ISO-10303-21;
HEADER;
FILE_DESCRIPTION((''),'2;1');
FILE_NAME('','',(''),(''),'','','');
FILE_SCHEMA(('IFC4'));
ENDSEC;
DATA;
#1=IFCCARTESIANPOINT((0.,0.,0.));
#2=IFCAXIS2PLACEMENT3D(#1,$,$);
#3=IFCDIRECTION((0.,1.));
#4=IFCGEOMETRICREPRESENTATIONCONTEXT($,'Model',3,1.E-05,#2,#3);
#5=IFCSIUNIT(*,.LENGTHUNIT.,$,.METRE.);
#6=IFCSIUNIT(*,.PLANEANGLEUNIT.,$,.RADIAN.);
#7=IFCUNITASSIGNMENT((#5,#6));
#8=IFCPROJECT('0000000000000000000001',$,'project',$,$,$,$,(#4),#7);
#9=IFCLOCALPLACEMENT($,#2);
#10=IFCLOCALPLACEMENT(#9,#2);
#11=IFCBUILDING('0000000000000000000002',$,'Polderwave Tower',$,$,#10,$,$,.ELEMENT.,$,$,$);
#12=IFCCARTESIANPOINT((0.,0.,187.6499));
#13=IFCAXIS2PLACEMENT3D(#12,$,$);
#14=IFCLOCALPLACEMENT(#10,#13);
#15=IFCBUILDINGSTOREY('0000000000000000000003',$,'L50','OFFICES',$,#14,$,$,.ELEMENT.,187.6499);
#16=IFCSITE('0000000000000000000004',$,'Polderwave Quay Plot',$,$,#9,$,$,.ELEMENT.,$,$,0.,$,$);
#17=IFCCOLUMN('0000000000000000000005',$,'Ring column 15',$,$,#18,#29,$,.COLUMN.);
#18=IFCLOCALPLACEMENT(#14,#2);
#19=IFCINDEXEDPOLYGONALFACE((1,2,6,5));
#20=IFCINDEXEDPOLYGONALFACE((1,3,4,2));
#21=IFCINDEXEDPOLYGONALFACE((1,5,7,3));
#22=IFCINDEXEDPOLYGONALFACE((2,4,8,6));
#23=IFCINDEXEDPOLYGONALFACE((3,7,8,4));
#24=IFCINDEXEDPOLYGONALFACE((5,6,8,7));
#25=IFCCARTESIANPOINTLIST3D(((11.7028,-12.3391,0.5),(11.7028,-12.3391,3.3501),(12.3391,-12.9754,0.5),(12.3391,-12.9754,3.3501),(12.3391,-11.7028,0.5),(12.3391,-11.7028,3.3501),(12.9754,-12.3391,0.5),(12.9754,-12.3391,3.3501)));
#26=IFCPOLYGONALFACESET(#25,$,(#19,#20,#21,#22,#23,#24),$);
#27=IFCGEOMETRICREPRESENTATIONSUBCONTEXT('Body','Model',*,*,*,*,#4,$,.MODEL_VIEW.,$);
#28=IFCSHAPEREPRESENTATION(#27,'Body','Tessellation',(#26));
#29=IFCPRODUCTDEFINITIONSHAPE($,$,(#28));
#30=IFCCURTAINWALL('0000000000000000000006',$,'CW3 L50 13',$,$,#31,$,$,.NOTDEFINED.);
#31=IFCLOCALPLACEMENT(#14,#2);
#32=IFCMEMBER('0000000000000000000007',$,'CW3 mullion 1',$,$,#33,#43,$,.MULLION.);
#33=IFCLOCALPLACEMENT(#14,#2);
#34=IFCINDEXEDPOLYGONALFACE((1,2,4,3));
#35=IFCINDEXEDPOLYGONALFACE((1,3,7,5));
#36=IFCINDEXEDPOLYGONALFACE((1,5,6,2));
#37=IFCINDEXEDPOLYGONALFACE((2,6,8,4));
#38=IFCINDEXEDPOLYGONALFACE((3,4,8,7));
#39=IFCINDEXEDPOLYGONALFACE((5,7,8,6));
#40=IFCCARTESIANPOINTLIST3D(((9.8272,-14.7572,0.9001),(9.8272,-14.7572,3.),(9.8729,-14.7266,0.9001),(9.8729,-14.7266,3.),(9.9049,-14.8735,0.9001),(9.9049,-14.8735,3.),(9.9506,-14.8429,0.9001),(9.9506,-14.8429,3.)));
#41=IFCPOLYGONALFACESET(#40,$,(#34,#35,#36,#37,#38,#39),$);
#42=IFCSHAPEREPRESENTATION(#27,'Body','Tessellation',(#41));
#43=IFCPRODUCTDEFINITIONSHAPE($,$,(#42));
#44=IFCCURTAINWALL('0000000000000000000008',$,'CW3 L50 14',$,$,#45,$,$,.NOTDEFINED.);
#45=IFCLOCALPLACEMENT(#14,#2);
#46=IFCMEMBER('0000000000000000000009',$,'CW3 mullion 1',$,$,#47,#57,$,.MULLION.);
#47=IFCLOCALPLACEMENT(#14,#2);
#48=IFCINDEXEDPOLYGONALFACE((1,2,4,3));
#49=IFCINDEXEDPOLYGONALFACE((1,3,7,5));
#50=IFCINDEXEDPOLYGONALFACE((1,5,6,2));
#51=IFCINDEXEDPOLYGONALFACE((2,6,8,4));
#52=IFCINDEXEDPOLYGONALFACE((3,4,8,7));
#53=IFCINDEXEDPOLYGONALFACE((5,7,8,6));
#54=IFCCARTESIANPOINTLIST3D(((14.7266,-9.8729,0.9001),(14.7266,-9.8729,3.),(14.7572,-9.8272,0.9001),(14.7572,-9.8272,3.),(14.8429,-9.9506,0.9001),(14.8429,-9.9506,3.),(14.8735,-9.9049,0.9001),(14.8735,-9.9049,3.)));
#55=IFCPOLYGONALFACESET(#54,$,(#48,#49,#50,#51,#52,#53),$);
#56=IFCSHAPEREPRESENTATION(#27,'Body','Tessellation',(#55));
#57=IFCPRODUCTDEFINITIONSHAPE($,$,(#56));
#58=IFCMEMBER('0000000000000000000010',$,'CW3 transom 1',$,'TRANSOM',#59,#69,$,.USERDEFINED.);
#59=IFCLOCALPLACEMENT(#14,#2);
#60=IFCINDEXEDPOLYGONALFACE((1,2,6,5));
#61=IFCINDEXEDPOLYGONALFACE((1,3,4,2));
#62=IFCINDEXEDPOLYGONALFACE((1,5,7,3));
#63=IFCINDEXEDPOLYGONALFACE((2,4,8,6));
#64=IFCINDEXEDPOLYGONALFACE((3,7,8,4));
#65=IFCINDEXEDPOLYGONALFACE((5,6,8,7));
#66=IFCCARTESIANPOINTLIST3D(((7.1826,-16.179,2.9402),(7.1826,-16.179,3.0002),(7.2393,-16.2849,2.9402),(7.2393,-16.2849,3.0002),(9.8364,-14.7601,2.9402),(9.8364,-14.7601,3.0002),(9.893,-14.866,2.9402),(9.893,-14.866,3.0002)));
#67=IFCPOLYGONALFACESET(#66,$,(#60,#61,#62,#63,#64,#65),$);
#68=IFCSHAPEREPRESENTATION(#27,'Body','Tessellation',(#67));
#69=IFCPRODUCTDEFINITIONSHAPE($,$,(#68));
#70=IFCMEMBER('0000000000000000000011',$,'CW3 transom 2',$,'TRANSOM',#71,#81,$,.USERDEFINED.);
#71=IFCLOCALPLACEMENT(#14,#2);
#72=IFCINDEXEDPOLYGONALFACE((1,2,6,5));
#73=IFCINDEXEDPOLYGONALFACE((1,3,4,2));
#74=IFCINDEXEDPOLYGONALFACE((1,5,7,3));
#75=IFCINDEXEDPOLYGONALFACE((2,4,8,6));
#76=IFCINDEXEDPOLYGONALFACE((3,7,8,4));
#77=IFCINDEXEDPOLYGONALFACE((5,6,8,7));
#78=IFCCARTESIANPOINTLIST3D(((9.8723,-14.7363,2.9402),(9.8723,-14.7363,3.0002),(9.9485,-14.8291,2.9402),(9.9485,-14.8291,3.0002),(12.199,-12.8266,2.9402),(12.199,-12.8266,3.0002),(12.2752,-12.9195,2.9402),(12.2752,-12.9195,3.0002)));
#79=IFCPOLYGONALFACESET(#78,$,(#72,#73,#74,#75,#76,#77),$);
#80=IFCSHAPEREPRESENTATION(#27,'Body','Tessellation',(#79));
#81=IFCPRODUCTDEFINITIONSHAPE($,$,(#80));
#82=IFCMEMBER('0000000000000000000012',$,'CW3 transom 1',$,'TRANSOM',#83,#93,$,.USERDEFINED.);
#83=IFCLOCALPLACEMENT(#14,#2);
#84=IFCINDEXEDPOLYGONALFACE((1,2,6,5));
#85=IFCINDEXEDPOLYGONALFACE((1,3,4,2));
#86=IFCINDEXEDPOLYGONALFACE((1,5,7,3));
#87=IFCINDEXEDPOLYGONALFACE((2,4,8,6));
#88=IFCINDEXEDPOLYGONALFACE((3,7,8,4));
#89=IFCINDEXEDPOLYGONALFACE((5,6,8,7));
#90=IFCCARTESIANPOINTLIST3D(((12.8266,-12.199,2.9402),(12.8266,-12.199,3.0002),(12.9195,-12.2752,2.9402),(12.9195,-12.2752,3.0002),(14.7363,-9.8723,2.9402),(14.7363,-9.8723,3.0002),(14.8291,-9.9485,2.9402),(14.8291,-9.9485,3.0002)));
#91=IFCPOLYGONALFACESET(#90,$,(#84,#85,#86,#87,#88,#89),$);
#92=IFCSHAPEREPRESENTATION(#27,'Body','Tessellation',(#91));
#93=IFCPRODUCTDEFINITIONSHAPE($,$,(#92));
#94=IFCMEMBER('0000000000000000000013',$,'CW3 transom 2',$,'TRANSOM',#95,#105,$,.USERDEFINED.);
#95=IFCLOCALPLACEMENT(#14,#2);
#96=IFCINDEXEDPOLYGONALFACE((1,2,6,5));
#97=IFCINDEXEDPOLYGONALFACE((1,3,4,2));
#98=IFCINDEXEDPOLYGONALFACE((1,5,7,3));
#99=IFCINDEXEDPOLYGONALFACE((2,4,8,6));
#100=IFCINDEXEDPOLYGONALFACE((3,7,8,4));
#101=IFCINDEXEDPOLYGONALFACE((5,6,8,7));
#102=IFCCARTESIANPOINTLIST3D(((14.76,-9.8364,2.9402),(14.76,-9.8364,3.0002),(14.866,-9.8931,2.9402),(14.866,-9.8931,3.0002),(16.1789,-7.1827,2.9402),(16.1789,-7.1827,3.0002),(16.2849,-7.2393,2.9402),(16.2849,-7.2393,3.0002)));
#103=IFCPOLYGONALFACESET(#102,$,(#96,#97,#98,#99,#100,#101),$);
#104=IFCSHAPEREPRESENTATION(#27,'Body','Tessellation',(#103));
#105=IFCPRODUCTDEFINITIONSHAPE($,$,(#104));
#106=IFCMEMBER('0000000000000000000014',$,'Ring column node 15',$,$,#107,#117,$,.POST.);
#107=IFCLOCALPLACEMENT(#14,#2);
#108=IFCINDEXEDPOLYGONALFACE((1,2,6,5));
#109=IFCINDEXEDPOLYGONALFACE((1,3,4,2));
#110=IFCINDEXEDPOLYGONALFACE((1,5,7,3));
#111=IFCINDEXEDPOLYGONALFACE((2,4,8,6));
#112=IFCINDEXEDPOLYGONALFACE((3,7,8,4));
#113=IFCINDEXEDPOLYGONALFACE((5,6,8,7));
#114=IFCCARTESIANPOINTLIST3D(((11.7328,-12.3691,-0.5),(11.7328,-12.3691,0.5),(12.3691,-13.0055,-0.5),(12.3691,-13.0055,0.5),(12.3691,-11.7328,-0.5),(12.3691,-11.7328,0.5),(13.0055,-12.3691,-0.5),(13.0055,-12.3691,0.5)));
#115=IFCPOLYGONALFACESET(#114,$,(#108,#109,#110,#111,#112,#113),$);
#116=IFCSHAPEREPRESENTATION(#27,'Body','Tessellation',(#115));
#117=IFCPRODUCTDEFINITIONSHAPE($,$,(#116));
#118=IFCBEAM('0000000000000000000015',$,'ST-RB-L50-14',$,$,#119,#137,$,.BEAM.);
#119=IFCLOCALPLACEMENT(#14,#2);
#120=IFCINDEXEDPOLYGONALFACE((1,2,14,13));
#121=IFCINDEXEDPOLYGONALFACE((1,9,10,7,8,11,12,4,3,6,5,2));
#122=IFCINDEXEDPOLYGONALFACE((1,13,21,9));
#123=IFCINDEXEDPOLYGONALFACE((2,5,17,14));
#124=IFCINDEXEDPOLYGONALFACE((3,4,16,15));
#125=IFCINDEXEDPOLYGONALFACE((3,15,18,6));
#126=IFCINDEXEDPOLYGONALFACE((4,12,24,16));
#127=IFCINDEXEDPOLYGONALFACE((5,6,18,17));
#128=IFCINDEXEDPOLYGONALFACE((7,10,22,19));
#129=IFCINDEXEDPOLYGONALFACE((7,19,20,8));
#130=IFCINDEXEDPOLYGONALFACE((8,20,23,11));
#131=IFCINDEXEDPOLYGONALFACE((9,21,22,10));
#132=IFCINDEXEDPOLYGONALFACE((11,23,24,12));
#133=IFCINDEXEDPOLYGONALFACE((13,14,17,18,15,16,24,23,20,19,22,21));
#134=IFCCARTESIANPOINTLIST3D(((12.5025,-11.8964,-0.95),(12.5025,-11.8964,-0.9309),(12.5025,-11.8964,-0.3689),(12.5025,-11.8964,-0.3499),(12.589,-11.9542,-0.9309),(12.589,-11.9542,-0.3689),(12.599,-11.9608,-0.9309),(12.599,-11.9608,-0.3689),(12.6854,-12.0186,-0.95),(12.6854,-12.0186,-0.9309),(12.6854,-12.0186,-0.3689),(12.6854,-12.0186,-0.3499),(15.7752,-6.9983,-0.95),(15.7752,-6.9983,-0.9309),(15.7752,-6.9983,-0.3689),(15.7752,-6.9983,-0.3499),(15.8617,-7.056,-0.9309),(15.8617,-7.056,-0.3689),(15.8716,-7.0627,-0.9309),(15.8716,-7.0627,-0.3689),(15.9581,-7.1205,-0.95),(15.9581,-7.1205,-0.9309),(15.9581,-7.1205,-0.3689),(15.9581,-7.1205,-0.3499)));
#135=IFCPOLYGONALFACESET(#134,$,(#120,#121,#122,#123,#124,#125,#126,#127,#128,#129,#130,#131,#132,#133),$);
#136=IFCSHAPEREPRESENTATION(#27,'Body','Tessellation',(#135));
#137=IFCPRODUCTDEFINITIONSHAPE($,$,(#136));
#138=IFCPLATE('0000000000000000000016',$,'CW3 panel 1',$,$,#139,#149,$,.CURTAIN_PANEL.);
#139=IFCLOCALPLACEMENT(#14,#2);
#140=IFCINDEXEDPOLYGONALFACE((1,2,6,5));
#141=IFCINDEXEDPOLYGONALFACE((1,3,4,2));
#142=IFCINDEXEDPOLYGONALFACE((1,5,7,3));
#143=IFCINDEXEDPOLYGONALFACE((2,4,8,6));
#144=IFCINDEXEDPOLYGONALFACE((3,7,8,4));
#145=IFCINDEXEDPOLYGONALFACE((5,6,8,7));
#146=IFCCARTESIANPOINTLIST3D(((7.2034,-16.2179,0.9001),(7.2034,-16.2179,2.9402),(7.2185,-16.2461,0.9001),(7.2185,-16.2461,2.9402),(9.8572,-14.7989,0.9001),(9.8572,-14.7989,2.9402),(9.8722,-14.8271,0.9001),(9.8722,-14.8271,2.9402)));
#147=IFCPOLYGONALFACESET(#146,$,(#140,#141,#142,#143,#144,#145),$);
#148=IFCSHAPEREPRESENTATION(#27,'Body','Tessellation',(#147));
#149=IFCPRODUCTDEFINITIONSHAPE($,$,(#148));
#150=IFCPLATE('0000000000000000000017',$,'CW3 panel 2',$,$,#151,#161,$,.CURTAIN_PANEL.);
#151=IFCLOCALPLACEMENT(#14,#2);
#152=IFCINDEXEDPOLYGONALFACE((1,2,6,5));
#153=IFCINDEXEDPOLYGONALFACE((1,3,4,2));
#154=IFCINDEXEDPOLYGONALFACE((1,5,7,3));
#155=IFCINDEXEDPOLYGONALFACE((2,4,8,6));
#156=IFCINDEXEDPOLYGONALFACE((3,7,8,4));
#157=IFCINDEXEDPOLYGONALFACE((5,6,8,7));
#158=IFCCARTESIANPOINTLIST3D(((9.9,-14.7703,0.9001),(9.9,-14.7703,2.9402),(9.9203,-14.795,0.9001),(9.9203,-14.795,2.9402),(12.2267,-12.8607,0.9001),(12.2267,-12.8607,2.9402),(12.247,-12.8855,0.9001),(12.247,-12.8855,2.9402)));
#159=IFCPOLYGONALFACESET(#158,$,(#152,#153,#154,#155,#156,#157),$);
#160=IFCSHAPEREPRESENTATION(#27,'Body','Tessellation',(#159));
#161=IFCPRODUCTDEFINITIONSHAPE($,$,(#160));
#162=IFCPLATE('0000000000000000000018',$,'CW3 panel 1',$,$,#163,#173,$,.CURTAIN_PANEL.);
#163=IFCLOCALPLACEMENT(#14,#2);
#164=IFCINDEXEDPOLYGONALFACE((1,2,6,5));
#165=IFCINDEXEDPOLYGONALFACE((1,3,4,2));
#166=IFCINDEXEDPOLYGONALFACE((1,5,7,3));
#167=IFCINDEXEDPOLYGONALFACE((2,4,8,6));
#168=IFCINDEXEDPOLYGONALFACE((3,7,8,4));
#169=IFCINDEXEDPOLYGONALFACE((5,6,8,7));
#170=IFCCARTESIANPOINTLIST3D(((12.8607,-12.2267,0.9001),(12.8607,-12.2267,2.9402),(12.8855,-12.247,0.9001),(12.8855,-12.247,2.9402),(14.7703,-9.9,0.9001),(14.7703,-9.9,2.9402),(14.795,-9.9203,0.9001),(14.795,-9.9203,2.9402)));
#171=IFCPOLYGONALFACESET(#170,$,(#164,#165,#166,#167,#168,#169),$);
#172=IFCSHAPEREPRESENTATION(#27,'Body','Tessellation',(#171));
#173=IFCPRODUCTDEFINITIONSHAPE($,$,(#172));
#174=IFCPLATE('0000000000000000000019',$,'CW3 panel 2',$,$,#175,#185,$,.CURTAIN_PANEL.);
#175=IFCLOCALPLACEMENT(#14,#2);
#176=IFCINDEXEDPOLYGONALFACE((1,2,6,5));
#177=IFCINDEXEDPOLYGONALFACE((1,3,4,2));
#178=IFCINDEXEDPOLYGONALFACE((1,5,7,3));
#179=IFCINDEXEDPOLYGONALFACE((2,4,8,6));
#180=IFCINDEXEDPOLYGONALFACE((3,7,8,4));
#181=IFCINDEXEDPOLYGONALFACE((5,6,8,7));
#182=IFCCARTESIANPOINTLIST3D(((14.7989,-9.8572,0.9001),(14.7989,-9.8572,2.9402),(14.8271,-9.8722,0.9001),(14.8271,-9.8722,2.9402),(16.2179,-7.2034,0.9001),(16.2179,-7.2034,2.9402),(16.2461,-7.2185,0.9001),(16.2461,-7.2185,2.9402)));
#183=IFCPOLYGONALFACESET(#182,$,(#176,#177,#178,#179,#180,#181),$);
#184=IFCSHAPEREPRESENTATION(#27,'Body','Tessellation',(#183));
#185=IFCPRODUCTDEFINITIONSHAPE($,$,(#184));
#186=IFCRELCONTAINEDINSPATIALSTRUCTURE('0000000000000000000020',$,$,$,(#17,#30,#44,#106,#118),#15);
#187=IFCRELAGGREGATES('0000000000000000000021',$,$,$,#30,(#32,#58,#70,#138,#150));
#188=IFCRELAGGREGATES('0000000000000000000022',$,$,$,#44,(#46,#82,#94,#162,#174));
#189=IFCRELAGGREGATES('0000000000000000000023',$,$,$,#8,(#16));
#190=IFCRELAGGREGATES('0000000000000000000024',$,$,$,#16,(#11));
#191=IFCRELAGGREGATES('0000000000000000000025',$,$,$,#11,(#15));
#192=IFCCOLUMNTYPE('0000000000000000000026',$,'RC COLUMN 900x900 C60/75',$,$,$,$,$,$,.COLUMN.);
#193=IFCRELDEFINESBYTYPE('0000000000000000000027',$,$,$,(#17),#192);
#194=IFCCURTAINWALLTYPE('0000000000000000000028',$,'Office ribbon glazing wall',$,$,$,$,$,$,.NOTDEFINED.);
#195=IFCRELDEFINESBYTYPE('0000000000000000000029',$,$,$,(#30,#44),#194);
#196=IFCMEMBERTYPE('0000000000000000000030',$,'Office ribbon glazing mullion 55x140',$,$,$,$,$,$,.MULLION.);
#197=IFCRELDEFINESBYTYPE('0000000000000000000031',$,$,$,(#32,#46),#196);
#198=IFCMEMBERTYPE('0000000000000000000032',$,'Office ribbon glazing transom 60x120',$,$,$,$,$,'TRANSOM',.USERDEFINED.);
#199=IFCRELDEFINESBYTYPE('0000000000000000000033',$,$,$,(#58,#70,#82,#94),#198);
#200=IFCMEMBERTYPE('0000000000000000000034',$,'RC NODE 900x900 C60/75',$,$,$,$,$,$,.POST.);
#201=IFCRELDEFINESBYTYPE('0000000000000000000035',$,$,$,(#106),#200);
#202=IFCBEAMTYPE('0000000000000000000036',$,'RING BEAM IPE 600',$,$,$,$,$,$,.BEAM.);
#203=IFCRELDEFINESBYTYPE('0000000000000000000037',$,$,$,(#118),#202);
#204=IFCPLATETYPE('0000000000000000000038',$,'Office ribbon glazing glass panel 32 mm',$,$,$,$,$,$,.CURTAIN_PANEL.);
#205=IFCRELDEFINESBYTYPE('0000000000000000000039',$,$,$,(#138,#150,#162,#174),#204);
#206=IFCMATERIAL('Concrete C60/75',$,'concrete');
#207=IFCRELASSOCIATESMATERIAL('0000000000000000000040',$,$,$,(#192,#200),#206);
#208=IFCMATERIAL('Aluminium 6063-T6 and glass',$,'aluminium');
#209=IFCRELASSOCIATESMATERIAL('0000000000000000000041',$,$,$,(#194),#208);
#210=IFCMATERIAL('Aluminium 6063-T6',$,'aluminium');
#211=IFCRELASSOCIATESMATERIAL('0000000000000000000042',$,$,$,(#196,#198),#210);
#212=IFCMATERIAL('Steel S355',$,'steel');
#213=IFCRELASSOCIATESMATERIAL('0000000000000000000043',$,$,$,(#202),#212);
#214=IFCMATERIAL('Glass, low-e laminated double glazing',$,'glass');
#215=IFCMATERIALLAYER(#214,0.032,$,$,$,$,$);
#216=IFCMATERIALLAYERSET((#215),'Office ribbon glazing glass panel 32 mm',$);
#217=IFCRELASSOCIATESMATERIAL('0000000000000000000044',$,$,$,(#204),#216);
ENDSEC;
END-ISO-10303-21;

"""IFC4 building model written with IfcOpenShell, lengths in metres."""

from ifc_helpers import new_model, si_unit, direction, frame, origin, origin_2d, place, context, subcontext, project, spatial, rectangle, i_section, extrude, material, layer, layer_set, material_profile, profile_set, type_object, element, aggregate, save


model = new_model("IFC4")

# Units and contexts
model_context = context("Model", 3, precision=1e-05, world=origin(), true_north=direction((0.0, 1.0)))
body_context = subcontext(model_context, "Body", "Model", "MODEL_VIEW")
ifc_project = project(units=[si_unit("LENGTHUNIT", "METRE"), si_unit("PLANEANGLEUNIT", "RADIAN")], contexts=[model_context])

# Site, building, storey
site_placement = place(None, origin())
site = spatial("IfcSite", under=ifc_project, at=site_placement, Name="Polderwave Quay Plot", CompositionType="ELEMENT", RefElevation=0.0)
building_placement = place(site_placement, origin())
building = spatial("IfcBuilding", under=site, at=building_placement, Name="Polderwave Tower", CompositionType="ELEMENT")
storey_placement = place(building_placement, frame((0.0, 0.0, 187.6499)))
storey = spatial("IfcBuildingStorey", under=building, at=storey_placement, Name="L50", Description="OFFICES", CompositionType="ELEMENT", Elevation=187.6499)

# Column
ifc_material_1 = material(Name="Concrete C60/75", Category="concrete")
ifc_material_profile_1 = material_profile(ifc_material_1, rectangle(XDim=0.8999, YDim=0.8999, at=origin_2d()), Name="RC 900x900")
ifc_profile_set_1 = profile_set([ifc_material_profile_1], Name="Concrete C60/75")
column_type = type_object("IfcColumnType", Name="RC COLUMN 900x900 C60/75", PredefinedType="COLUMN", material=ifc_profile_set_1)
column_placement = place(storey_placement, frame((12.3391, -12.3391, 0.5), z_axis=(0.0, 0.0, 1.0), x_axis=(0.707107, -0.707107, 0.0)))
element("IfcColumn", 1, at=column_placement, inside=storey, type_object=column_type, Name="Ring column 15", PredefinedType="COLUMN", context=body_context, shape_type="SweptSolid", body=[
    extrude(rectangle(XDim=0.8999, YDim=0.8999, at=origin_2d()), origin(), (0.0, 0.0, 1.0), 2.8501),
])

# Curtain walls, members
ifc_material_2 = material(Name="Aluminium 6063-T6 and glass", Category="aluminium")
curtain_wall_type = type_object("IfcCurtainWallType", Name="Office ribbon glazing wall", PredefinedType="NOTDEFINED", material=ifc_material_2)
curtain_wall_1_placement = place(storey_placement, origin())
curtain_wall_1 = element("IfcCurtainWall", 2, at=curtain_wall_1_placement, inside=storey, type_object=curtain_wall_type, Name="CW3 L50 13", PredefinedType="NOTDEFINED")
ifc_material_3 = material(Name="Aluminium 6063-T6", Category="aluminium")
ifc_material_profile_2 = material_profile(ifc_material_3, rectangle(XDim=0.1399, YDim=0.0549, at=origin_2d()), Name="AL 55x140")
ifc_profile_set_2 = profile_set([ifc_material_profile_2], Name="Aluminium 6063-T6")
member_type_1 = type_object("IfcMemberType", Name="Office ribbon glazing mullion 55x140", PredefinedType="MULLION", material=ifc_profile_set_2)
member_1_placement = place(storey_placement, frame((9.8889, -14.8, 0.9001), z_axis=(0.0, 0.0, 1.0), x_axis=(-0.555646, 0.831419, 0.0)))
member_1 = element("IfcMember", 3, at=member_1_placement, type_object=member_type_1, Name="CW3 mullion 1", PredefinedType="MULLION", context=body_context, shape_type="SweptSolid", body=[
    extrude(rectangle(XDim=0.1399, YDim=0.0549, at=origin_2d()), origin(), (0.0, 0.0, 1.0), 2.0999),
])
curtain_wall_2_placement = place(storey_placement, origin())
curtain_wall_2 = element("IfcCurtainWall", 4, at=curtain_wall_2_placement, inside=storey, type_object=curtain_wall_type, Name="CW3 L50 14", PredefinedType="NOTDEFINED")
member_2_placement = place(storey_placement, frame((14.8, -9.8889, 0.9001), z_axis=(0.0, 0.0, 1.0), x_axis=(-0.831419, 0.555646, 0.0)))
member_2 = element("IfcMember", 5, at=member_2_placement, type_object=member_type_1, Name="CW3 mullion 1", PredefinedType="MULLION", context=body_context, shape_type="SweptSolid", body=[
    extrude(rectangle(XDim=0.1399, YDim=0.0549, at=origin_2d()), origin(), (0.0, 0.0, 1.0), 2.0999),
])

# Members
ifc_material_profile_3 = material_profile(ifc_material_3, rectangle(XDim=0.1201, YDim=0.0601, at=origin_2d()), Name="AL 60x120")
ifc_profile_set_3 = profile_set([ifc_material_profile_3], Name="Aluminium 6063-T6")
member_type_2 = type_object("IfcMemberType", Name="Office ribbon glazing transom 60x120", ElementType="TRANSOM", PredefinedType="USERDEFINED", material=ifc_profile_set_3)
member_3_placement = place(storey_placement, frame((7.2109, -16.2319, 2.9702), z_axis=(0.881858, 0.471514, 0.0), x_axis=(-0.471514, 0.881858, 0.0)))
member_3 = element("IfcMember", 6, at=member_3_placement, type_object=member_type_2, Name="CW3 transom 1", ObjectType="TRANSOM", PredefinedType="USERDEFINED", context=body_context, shape_type="SweptSolid", body=[
    extrude(rectangle(XDim=0.1201, YDim=0.0601, at=origin_2d()), origin(), (0.0, 0.0, 1.0), 3.0093),
])
member_4_placement = place(storey_placement, frame((9.9104, -14.7827, 2.9702), z_axis=(0.772973, 0.634438, 0.0), x_axis=(-0.634438, 0.772973, 0.0)))
member_4 = element("IfcMember", 7, at=member_4_placement, type_object=member_type_2, Name="CW3 transom 2", ObjectType="TRANSOM", PredefinedType="USERDEFINED", context=body_context, shape_type="SweptSolid", body=[
    extrude(rectangle(XDim=0.1201, YDim=0.0601, at=origin_2d()), origin(), (0.0, 0.0, 1.0), 3.01),
])
member_5_placement = place(storey_placement, frame((12.873, -12.2371, 2.9702), z_axis=(0.634438, 0.772973, 0.0), x_axis=(-0.772973, 0.634438, 0.0)))
member_5 = element("IfcMember", 8, at=member_5_placement, type_object=member_type_2, Name="CW3 transom 1", ObjectType="TRANSOM", PredefinedType="USERDEFINED", context=body_context, shape_type="SweptSolid", body=[
    extrude(rectangle(XDim=0.1201, YDim=0.0601, at=origin_2d()), origin(), (0.0, 0.0, 1.0), 3.01),
])
member_6_placement = place(storey_placement, frame((14.813, -9.8647, 2.9702), z_axis=(0.471514, 0.881858, 0.0), x_axis=(-0.881858, 0.471514, 0.0)))
member_6 = element("IfcMember", 9, at=member_6_placement, type_object=member_type_2, Name="CW3 transom 2", ObjectType="TRANSOM", PredefinedType="USERDEFINED", context=body_context, shape_type="SweptSolid", body=[
    extrude(rectangle(XDim=0.1201, YDim=0.0601, at=origin_2d()), origin(), (0.0, 0.0, 1.0), 3.0093),
])
ifc_material_profile_4 = material_profile(ifc_material_1, rectangle(XDim=0.8999, YDim=0.8999, at=origin_2d()), Name="RC 900x900")
ifc_profile_set_4 = profile_set([ifc_material_profile_4], Name="Concrete C60/75")
member_type_3 = type_object("IfcMemberType", Name="RC NODE 900x900 C60/75", PredefinedType="POST", material=ifc_profile_set_4)
member_7_placement = place(storey_placement, frame((12.3691, -12.3691, -0.5), z_axis=(0.0, 0.0, 1.0), x_axis=(0.707107, -0.707107, 0.0)))
element("IfcMember", 10, at=member_7_placement, inside=storey, type_object=member_type_3, Name="Ring column node 15", PredefinedType="POST", context=body_context, shape_type="SweptSolid", body=[
    extrude(rectangle(XDim=0.8999, YDim=0.8999, at=origin_2d()), origin(), (0.0, 0.0, 1.0), 1.0),
])

# Beam
ifc_material_4 = material(Name="Steel S355", Category="steel")
ifc_material_profile_5 = material_profile(ifc_material_4, i_section(OverallWidth=0.22, OverallDepth=0.6001, WebThickness=0.012, FlangeThickness=0.019, at=origin_2d()), Name="IPE 600")
ifc_profile_set_5 = profile_set([ifc_material_profile_5], Name="Steel S355")
beam_type = type_object("IfcBeamType", Name="RING BEAM IPE 600", PredefinedType="BEAM", material=ifc_profile_set_5)
beam_placement = place(storey_placement, frame((12.594, -11.9575, -0.6499), z_axis=(0.555551, 0.831482, 0.0), x_axis=(-0.831482, 0.555551, 0.0)))
element("IfcBeam", 11, at=beam_placement, inside=storey, type_object=beam_type, Name="ST-RB-L50-14", PredefinedType="BEAM", context=body_context, shape_type="SweptSolid", body=[
    extrude(i_section(OverallWidth=0.22, OverallDepth=0.6001, WebThickness=0.012, FlangeThickness=0.019, at=origin_2d()), origin(), (0.0, 0.0, 1.0), 5.8909),
])

# Plates
ifc_material_5 = material(Name="Glass, low-e laminated double glazing", Category="glass")
ifc_layer_1 = layer(ifc_material_5, 0.032)
ifc_layer_set_1 = layer_set([ifc_layer_1], Name="Office ribbon glazing glass panel 32 mm")
plate_type = type_object("IfcPlateType", Name="Office ribbon glazing glass panel 32 mm", PredefinedType="CURTAIN_PANEL", material=ifc_layer_set_1)
plate_1_placement = place(storey_placement, frame((8.5378, -15.5225, 0.9001), z_axis=(0.0, 0.0, 1.0), x_axis=(0.881842, 0.471544, 0.0)))
plate_1 = element("IfcPlate", 12, at=plate_1_placement, type_object=plate_type, Name="CW3 panel 1", PredefinedType="CURTAIN_PANEL", context=body_context, shape_type="SweptSolid", body=[
    extrude(rectangle(XDim=3.0093, YDim=0.032, at=origin_2d()), origin(), (0.0, 0.0, 1.0), 2.04),
])
plate_2_placement = place(storey_placement, frame((11.0735, -13.8279, 0.9001), z_axis=(0.0, 0.0, 1.0), x_axis=(0.773003, 0.634403, 0.0)))
plate_2 = element("IfcPlate", 13, at=plate_2_placement, type_object=plate_type, Name="CW3 panel 2", PredefinedType="CURTAIN_PANEL", context=body_context, shape_type="SweptSolid", body=[
    extrude(rectangle(XDim=3.01, YDim=0.032, at=origin_2d()), origin(), (0.0, 0.0, 1.0), 2.04),
])
aggregate(curtain_wall_1, [member_1, member_3, member_4, plate_1, plate_2])
plate_3_placement = place(storey_placement, frame((13.8279, -11.0735, 0.9001), z_axis=(0.0, 0.0, 1.0), x_axis=(0.634403, 0.773003, 0.0)))
plate_3 = element("IfcPlate", 14, at=plate_3_placement, type_object=plate_type, Name="CW3 panel 1", PredefinedType="CURTAIN_PANEL", context=body_context, shape_type="SweptSolid", body=[
    extrude(rectangle(XDim=3.01, YDim=0.032, at=origin_2d()), origin(), (0.0, 0.0, 1.0), 2.04),
])
plate_4_placement = place(storey_placement, frame((15.5225, -8.5378, 0.9001), z_axis=(0.0, 0.0, 1.0), x_axis=(0.471544, 0.881842, 0.0)))
plate_4 = element("IfcPlate", 15, at=plate_4_placement, type_object=plate_type, Name="CW3 panel 2", PredefinedType="CURTAIN_PANEL", context=body_context, shape_type="SweptSolid", body=[
    extrude(rectangle(XDim=3.0093, YDim=0.032, at=origin_2d()), origin(), (0.0, 0.0, 1.0), 2.04),
])
aggregate(curtain_wall_2, [member_2, member_5, member_6, plate_3, plate_4])

save(model, "model.ifc")
